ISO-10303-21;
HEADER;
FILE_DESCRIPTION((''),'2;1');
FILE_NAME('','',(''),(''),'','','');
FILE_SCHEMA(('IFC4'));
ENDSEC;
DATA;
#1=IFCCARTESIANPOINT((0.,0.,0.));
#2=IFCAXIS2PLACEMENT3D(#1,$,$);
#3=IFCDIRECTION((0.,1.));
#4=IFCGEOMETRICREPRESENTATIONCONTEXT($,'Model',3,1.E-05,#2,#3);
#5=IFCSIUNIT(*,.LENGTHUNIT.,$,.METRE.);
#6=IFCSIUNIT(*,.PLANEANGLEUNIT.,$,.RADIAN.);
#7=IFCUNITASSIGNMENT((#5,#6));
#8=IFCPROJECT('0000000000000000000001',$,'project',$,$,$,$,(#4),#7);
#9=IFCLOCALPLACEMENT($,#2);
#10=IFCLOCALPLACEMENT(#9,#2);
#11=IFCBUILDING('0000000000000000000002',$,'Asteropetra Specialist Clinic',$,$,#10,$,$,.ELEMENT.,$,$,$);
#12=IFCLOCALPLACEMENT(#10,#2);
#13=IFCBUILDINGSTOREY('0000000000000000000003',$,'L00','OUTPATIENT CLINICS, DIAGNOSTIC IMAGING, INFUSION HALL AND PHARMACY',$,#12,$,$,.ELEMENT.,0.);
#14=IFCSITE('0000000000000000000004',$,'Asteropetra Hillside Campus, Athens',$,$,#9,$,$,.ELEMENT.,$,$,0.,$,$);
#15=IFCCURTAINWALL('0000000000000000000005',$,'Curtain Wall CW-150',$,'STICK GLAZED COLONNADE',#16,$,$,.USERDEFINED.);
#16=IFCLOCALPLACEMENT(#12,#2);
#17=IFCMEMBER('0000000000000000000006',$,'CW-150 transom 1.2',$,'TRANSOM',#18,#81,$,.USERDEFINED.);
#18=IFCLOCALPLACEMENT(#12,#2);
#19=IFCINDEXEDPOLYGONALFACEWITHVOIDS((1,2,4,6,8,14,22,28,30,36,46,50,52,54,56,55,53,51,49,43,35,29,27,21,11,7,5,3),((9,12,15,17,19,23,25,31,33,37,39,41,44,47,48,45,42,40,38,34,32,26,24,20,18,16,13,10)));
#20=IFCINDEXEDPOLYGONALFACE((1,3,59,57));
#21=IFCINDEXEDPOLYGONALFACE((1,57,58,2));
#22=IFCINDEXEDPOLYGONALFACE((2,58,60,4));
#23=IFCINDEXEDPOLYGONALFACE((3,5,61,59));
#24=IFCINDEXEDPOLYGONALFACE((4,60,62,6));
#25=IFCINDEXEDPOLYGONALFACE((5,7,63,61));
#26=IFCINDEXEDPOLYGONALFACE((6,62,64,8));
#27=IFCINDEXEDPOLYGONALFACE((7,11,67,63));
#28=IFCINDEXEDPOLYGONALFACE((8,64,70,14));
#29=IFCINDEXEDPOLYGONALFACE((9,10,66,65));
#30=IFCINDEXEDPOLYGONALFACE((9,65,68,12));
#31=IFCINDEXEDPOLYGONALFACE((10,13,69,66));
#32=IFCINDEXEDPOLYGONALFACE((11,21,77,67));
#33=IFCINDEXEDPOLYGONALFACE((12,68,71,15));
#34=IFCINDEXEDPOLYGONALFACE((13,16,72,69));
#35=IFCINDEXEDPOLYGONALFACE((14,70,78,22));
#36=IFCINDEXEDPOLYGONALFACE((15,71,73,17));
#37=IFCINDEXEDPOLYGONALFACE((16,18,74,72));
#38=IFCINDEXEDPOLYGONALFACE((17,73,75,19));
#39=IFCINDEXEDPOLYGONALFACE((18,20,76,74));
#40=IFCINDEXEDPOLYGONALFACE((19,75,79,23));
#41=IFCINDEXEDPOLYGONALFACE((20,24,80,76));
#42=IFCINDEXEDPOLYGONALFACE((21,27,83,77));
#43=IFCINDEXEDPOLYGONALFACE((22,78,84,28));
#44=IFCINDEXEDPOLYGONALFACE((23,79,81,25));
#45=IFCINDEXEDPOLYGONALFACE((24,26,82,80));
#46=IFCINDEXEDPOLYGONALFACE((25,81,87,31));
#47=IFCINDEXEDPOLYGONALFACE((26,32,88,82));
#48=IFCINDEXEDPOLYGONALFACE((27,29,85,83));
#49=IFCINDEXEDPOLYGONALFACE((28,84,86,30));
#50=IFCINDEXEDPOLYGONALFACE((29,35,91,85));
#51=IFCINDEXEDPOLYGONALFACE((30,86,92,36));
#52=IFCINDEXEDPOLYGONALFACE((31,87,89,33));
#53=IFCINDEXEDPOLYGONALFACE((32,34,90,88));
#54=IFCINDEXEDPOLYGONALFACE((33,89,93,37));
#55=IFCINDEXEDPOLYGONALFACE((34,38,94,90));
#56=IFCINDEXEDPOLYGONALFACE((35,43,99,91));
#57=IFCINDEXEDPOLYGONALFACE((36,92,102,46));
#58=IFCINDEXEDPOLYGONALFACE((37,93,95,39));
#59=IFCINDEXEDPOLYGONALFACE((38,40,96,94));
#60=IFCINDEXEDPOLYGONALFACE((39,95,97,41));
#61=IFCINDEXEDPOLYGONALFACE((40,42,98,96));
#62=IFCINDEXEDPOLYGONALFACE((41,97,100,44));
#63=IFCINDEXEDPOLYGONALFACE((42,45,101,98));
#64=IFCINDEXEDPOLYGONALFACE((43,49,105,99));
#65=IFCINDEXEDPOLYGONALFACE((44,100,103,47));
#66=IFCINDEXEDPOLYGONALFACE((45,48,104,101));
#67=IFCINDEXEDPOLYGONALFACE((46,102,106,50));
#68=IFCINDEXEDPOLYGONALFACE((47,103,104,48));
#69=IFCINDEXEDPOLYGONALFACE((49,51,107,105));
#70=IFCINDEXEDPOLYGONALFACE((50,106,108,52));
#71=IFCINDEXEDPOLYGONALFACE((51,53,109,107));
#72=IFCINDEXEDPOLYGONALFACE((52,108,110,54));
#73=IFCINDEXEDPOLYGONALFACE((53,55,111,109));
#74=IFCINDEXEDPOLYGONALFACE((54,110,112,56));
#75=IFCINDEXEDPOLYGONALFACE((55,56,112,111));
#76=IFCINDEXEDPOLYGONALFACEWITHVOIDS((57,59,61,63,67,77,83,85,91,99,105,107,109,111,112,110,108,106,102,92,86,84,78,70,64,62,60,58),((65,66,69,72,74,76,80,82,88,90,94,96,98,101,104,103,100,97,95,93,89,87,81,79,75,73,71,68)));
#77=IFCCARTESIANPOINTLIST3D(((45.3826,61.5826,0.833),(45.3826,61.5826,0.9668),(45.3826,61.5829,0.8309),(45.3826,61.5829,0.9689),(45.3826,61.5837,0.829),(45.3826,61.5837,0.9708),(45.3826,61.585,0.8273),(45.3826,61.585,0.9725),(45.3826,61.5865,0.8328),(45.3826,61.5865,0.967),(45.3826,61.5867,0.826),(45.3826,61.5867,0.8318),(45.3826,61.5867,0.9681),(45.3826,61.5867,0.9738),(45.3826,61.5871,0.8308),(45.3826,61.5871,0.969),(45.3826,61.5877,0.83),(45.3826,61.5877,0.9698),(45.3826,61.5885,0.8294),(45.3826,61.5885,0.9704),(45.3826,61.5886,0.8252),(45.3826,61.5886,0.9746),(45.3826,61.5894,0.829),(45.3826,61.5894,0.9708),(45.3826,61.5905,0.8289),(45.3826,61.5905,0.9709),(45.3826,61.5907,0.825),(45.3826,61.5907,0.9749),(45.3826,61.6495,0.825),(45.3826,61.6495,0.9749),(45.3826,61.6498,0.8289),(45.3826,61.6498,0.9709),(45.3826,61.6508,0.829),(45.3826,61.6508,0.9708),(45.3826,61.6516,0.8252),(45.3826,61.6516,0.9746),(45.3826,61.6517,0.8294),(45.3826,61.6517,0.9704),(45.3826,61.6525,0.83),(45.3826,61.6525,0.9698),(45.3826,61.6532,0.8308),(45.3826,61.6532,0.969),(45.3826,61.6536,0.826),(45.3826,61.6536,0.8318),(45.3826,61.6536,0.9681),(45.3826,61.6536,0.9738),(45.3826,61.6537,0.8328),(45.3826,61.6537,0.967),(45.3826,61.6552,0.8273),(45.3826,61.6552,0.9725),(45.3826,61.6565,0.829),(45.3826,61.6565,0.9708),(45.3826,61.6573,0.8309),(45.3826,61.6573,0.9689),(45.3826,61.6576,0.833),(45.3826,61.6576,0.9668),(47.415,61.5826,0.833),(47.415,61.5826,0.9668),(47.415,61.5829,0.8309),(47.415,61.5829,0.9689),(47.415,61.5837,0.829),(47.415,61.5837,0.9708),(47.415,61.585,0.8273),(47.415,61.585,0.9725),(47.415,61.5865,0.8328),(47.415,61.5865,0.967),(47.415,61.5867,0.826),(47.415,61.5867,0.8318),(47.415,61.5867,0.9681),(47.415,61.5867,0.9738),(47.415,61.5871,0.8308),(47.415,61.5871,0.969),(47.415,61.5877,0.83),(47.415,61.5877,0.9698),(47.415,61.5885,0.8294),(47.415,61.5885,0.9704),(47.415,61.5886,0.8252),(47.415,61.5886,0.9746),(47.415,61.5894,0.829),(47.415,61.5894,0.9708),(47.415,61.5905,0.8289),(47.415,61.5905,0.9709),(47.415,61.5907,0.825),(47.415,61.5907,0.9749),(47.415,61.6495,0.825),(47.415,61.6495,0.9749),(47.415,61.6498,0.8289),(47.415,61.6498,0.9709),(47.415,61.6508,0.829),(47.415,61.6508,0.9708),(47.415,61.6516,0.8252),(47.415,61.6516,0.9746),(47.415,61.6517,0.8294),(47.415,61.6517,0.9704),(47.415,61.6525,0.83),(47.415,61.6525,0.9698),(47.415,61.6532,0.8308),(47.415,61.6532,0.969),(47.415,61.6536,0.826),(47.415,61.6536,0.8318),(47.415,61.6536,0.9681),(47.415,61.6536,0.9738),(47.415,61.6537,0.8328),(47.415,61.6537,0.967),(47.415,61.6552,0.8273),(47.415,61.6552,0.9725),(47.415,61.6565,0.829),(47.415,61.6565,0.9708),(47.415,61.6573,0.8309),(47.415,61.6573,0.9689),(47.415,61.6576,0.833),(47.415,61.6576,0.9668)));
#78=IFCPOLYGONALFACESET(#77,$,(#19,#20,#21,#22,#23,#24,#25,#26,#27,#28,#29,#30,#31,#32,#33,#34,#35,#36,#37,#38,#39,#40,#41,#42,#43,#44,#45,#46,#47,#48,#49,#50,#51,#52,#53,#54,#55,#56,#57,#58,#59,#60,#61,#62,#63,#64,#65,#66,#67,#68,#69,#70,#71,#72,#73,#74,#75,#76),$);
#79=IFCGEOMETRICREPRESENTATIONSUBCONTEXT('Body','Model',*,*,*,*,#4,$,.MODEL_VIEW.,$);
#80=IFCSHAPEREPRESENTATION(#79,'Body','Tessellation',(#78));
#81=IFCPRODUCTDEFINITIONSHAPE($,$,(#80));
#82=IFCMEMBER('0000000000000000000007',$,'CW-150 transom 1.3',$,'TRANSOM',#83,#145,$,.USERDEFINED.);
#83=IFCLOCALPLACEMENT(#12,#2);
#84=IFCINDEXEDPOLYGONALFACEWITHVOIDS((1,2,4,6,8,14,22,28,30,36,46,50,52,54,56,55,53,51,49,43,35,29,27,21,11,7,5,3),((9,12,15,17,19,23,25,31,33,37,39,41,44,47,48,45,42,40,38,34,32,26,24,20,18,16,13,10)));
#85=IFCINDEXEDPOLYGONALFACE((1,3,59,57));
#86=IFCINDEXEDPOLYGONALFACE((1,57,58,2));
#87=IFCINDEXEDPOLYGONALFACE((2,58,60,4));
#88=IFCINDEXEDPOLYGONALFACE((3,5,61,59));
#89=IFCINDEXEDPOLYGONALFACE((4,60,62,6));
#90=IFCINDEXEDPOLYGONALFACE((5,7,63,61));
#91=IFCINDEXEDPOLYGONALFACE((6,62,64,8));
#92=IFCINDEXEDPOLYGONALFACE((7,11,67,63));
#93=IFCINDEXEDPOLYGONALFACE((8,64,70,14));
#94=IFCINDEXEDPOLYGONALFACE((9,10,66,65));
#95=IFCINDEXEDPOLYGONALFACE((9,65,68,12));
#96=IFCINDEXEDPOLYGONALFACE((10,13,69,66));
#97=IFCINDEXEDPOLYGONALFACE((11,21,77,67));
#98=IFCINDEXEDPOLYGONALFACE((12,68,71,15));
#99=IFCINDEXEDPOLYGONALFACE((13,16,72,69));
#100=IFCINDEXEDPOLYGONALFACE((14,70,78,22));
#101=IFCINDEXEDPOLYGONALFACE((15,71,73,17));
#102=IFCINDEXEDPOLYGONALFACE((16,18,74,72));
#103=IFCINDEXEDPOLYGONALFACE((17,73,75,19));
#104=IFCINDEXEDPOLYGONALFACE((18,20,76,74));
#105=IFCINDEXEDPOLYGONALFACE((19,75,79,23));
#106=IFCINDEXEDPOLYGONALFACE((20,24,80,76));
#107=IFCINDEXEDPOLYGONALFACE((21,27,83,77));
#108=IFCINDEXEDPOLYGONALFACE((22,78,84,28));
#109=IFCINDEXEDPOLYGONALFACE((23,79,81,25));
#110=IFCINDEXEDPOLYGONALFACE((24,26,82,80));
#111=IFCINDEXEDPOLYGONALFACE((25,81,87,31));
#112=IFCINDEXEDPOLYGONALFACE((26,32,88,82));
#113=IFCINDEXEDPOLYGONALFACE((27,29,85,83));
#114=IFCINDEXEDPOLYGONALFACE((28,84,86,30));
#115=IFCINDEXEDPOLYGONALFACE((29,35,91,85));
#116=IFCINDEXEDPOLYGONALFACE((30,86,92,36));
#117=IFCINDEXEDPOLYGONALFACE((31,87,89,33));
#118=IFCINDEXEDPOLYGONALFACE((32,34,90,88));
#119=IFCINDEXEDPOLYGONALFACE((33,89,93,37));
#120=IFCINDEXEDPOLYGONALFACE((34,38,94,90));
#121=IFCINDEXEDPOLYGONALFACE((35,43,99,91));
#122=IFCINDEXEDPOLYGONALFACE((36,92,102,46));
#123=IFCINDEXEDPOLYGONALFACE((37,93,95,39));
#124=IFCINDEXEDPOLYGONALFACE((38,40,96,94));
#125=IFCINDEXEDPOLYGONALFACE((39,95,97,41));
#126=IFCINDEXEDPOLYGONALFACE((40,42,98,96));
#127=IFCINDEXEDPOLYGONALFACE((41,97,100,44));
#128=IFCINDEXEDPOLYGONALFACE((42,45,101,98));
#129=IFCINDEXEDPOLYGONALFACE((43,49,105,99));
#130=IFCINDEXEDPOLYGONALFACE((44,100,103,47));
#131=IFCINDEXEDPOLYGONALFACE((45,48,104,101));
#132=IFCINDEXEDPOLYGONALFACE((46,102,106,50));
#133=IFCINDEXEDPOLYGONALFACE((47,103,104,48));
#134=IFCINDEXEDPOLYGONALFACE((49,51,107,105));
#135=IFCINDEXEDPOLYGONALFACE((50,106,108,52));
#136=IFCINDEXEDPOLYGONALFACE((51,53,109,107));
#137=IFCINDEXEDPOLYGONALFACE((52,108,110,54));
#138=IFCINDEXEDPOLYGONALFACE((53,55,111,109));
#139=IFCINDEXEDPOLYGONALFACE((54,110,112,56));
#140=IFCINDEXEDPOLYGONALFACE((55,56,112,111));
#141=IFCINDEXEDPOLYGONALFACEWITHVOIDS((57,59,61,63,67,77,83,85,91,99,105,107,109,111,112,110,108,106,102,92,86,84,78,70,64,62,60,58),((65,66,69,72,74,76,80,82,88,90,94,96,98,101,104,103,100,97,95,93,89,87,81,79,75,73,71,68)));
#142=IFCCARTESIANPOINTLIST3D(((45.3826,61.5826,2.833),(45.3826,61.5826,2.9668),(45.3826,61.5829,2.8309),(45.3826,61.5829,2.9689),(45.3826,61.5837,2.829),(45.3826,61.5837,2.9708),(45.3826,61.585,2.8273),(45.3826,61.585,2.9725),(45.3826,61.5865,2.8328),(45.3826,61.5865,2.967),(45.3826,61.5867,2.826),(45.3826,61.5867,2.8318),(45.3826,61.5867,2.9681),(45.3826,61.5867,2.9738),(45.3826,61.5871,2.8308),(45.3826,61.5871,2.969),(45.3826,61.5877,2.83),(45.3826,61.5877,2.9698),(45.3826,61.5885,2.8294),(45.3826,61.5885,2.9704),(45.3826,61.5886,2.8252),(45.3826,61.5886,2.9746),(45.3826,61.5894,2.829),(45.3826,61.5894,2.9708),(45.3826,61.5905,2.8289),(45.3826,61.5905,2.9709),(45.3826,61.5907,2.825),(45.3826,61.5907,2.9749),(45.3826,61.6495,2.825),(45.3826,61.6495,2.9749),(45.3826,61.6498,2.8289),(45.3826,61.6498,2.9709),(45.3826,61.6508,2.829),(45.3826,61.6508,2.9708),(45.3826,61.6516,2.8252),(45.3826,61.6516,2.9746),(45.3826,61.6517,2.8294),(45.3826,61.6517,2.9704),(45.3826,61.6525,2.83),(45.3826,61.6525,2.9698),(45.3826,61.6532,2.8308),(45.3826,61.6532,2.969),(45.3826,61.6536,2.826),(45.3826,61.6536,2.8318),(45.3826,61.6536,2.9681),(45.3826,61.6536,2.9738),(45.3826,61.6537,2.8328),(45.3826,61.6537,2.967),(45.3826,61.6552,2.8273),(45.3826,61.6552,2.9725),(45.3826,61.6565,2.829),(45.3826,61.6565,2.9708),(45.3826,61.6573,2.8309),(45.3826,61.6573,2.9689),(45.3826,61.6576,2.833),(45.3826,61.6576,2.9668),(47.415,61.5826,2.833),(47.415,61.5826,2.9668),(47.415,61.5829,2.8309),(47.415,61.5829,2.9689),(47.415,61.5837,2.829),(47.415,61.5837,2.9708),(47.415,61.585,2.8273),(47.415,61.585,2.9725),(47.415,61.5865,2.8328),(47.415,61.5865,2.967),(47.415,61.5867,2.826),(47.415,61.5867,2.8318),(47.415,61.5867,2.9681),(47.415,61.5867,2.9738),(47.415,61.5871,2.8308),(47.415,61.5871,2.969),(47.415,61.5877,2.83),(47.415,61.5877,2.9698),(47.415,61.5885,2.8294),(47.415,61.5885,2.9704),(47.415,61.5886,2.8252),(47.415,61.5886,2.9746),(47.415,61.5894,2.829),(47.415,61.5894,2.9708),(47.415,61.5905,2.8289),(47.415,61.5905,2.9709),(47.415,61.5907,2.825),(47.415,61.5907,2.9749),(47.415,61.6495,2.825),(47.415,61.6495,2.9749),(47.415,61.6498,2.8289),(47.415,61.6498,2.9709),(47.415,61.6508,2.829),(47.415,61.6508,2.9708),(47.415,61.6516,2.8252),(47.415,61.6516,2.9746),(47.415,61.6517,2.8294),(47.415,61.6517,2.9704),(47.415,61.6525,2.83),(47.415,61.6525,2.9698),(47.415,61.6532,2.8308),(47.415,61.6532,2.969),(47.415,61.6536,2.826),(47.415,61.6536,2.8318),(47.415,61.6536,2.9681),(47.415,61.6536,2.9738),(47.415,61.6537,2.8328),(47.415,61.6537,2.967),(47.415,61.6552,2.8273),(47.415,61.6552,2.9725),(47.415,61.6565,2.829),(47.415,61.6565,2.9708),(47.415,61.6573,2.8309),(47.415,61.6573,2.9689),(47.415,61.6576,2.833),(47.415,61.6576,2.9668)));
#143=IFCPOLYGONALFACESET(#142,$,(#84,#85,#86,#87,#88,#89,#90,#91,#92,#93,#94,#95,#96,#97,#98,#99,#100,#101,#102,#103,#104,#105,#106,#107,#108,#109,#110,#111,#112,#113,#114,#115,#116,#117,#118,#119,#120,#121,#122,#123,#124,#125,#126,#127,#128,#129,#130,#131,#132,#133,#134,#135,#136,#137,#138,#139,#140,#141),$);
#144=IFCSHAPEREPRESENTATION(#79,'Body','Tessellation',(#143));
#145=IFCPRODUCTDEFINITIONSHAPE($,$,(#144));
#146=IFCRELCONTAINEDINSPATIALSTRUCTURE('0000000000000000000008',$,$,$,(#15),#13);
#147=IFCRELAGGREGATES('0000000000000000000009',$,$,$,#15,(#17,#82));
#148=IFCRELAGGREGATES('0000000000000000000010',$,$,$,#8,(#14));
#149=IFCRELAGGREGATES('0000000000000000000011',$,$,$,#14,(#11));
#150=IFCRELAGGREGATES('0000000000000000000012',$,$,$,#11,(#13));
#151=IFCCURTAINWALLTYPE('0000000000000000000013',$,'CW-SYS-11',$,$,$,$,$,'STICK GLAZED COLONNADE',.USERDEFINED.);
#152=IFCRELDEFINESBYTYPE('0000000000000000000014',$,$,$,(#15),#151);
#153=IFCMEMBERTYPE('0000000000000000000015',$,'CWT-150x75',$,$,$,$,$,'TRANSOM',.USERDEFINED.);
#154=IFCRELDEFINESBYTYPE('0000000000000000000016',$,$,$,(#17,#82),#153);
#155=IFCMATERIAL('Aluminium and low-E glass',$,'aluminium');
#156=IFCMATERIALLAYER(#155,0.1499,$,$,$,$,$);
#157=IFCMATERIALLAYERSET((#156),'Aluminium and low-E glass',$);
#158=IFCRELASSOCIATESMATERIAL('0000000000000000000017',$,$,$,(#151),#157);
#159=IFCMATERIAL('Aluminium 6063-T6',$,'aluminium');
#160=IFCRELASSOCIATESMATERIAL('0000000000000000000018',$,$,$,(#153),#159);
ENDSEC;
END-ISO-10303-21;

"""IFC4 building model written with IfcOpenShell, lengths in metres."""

from ifc_helpers import new_model, si_unit, direction, frame, origin, origin_2d, place, context, subcontext, project, spatial, hollow_rectangle, extrude, material, layer, layer_set, material_profile, profile_set, type_object, element, aggregate, save


model = new_model("IFC4")

# Units and contexts
model_context = context("Model", 3, precision=1e-05, world=origin(), true_north=direction((0.0, 1.0)))
body_context = subcontext(model_context, "Body", "Model", "MODEL_VIEW")
ifc_project = project(units=[si_unit("LENGTHUNIT", "METRE"), si_unit("PLANEANGLEUNIT", "RADIAN")], contexts=[model_context])

# Site, building, storey
site_placement = place(None, origin())
site = spatial("IfcSite", under=ifc_project, at=site_placement, Name="Asteropetra Hillside Campus, Athens", CompositionType="ELEMENT", RefElevation=0.0)
building_placement = place(site_placement, origin())
building = spatial("IfcBuilding", under=site, at=building_placement, Name="Asteropetra Specialist Clinic", CompositionType="ELEMENT")
storey_placement = place(building_placement, origin())
storey = spatial("IfcBuildingStorey", under=building, at=storey_placement, Name="L00", Description="OUTPATIENT CLINICS, DIAGNOSTIC IMAGING, INFUSION HALL AND PHARMACY", CompositionType="ELEMENT", Elevation=0.0)

# Curtain wall
ifc_material_1 = material(Name="Aluminium and low-E glass", Category="aluminium")
ifc_layer_1 = layer(ifc_material_1, 0.1499)
ifc_layer_set_1 = layer_set([ifc_layer_1], Name="Aluminium and low-E glass")
curtain_wall_type_1 = type_object("IfcCurtainWallType", Name="CW-SYS-11", ElementType="STICK GLAZED COLONNADE", PredefinedType="USERDEFINED", material=ifc_layer_set_1)
curtain_wall_1_placement = place(storey_placement, origin())
curtain_wall_1 = element("IfcCurtainWall", 1, at=curtain_wall_1_placement, inside=storey, type_object=curtain_wall_type_1, Name="Curtain Wall CW-150", ObjectType="STICK GLAZED COLONNADE", PredefinedType="USERDEFINED")

# Members
ifc_material_2 = material(Name="Aluminium 6063-T6", Category="aluminium")
ifc_material_profile_1 = material_profile(ifc_material_2, hollow_rectangle(XDim=0.075, YDim=0.1499, WallThickness=0.0039, InnerFilletRadius=0.0039, OuterFilletRadius=0.0081, at=origin_2d()), Name="TRN 150x75x4.0")
ifc_profile_set_1 = profile_set([ifc_material_profile_1], Name="Aluminium 6063-T6")
member_type_1 = type_object("IfcMemberType", Name="CWT-150x75", ElementType="TRANSOM", PredefinedType="USERDEFINED", material=ifc_profile_set_1)
member_1_placement = place(storey_placement, frame((47.415, 61.6201, 0.8999), z_axis=(-1.0, 0.0, 0.0), x_axis=(0.0, -1.0, 0.0)))
member_1 = element("IfcMember", 2, at=member_1_placement, type_object=member_type_1, Name="CW-150 transom 1.2", ObjectType="TRANSOM", PredefinedType="USERDEFINED", context=body_context, shape_type="SweptSolid", body=[
    extrude(hollow_rectangle(XDim=0.075, YDim=0.1499, WallThickness=0.0039, InnerFilletRadius=0.0039, OuterFilletRadius=0.0081, at=origin_2d()), origin(), (0.0, 0.0, 1.0), 2.0325),
])
member_2_placement = place(storey_placement, frame((47.415, 61.6201, 2.8999), z_axis=(-1.0, 0.0, 0.0), x_axis=(0.0, -1.0, 0.0)))
member_2 = element("IfcMember", 3, at=member_2_placement, type_object=member_type_1, Name="CW-150 transom 1.3", ObjectType="TRANSOM", PredefinedType="USERDEFINED", context=body_context, shape_type="SweptSolid", body=[
    extrude(hollow_rectangle(XDim=0.075, YDim=0.1499, WallThickness=0.0039, InnerFilletRadius=0.0039, OuterFilletRadius=0.0081, at=origin_2d()), origin(), (0.0, 0.0, 1.0), 2.0325),
])
aggregate(curtain_wall_1, [member_1, member_2])

save(model, "model.ifc")
